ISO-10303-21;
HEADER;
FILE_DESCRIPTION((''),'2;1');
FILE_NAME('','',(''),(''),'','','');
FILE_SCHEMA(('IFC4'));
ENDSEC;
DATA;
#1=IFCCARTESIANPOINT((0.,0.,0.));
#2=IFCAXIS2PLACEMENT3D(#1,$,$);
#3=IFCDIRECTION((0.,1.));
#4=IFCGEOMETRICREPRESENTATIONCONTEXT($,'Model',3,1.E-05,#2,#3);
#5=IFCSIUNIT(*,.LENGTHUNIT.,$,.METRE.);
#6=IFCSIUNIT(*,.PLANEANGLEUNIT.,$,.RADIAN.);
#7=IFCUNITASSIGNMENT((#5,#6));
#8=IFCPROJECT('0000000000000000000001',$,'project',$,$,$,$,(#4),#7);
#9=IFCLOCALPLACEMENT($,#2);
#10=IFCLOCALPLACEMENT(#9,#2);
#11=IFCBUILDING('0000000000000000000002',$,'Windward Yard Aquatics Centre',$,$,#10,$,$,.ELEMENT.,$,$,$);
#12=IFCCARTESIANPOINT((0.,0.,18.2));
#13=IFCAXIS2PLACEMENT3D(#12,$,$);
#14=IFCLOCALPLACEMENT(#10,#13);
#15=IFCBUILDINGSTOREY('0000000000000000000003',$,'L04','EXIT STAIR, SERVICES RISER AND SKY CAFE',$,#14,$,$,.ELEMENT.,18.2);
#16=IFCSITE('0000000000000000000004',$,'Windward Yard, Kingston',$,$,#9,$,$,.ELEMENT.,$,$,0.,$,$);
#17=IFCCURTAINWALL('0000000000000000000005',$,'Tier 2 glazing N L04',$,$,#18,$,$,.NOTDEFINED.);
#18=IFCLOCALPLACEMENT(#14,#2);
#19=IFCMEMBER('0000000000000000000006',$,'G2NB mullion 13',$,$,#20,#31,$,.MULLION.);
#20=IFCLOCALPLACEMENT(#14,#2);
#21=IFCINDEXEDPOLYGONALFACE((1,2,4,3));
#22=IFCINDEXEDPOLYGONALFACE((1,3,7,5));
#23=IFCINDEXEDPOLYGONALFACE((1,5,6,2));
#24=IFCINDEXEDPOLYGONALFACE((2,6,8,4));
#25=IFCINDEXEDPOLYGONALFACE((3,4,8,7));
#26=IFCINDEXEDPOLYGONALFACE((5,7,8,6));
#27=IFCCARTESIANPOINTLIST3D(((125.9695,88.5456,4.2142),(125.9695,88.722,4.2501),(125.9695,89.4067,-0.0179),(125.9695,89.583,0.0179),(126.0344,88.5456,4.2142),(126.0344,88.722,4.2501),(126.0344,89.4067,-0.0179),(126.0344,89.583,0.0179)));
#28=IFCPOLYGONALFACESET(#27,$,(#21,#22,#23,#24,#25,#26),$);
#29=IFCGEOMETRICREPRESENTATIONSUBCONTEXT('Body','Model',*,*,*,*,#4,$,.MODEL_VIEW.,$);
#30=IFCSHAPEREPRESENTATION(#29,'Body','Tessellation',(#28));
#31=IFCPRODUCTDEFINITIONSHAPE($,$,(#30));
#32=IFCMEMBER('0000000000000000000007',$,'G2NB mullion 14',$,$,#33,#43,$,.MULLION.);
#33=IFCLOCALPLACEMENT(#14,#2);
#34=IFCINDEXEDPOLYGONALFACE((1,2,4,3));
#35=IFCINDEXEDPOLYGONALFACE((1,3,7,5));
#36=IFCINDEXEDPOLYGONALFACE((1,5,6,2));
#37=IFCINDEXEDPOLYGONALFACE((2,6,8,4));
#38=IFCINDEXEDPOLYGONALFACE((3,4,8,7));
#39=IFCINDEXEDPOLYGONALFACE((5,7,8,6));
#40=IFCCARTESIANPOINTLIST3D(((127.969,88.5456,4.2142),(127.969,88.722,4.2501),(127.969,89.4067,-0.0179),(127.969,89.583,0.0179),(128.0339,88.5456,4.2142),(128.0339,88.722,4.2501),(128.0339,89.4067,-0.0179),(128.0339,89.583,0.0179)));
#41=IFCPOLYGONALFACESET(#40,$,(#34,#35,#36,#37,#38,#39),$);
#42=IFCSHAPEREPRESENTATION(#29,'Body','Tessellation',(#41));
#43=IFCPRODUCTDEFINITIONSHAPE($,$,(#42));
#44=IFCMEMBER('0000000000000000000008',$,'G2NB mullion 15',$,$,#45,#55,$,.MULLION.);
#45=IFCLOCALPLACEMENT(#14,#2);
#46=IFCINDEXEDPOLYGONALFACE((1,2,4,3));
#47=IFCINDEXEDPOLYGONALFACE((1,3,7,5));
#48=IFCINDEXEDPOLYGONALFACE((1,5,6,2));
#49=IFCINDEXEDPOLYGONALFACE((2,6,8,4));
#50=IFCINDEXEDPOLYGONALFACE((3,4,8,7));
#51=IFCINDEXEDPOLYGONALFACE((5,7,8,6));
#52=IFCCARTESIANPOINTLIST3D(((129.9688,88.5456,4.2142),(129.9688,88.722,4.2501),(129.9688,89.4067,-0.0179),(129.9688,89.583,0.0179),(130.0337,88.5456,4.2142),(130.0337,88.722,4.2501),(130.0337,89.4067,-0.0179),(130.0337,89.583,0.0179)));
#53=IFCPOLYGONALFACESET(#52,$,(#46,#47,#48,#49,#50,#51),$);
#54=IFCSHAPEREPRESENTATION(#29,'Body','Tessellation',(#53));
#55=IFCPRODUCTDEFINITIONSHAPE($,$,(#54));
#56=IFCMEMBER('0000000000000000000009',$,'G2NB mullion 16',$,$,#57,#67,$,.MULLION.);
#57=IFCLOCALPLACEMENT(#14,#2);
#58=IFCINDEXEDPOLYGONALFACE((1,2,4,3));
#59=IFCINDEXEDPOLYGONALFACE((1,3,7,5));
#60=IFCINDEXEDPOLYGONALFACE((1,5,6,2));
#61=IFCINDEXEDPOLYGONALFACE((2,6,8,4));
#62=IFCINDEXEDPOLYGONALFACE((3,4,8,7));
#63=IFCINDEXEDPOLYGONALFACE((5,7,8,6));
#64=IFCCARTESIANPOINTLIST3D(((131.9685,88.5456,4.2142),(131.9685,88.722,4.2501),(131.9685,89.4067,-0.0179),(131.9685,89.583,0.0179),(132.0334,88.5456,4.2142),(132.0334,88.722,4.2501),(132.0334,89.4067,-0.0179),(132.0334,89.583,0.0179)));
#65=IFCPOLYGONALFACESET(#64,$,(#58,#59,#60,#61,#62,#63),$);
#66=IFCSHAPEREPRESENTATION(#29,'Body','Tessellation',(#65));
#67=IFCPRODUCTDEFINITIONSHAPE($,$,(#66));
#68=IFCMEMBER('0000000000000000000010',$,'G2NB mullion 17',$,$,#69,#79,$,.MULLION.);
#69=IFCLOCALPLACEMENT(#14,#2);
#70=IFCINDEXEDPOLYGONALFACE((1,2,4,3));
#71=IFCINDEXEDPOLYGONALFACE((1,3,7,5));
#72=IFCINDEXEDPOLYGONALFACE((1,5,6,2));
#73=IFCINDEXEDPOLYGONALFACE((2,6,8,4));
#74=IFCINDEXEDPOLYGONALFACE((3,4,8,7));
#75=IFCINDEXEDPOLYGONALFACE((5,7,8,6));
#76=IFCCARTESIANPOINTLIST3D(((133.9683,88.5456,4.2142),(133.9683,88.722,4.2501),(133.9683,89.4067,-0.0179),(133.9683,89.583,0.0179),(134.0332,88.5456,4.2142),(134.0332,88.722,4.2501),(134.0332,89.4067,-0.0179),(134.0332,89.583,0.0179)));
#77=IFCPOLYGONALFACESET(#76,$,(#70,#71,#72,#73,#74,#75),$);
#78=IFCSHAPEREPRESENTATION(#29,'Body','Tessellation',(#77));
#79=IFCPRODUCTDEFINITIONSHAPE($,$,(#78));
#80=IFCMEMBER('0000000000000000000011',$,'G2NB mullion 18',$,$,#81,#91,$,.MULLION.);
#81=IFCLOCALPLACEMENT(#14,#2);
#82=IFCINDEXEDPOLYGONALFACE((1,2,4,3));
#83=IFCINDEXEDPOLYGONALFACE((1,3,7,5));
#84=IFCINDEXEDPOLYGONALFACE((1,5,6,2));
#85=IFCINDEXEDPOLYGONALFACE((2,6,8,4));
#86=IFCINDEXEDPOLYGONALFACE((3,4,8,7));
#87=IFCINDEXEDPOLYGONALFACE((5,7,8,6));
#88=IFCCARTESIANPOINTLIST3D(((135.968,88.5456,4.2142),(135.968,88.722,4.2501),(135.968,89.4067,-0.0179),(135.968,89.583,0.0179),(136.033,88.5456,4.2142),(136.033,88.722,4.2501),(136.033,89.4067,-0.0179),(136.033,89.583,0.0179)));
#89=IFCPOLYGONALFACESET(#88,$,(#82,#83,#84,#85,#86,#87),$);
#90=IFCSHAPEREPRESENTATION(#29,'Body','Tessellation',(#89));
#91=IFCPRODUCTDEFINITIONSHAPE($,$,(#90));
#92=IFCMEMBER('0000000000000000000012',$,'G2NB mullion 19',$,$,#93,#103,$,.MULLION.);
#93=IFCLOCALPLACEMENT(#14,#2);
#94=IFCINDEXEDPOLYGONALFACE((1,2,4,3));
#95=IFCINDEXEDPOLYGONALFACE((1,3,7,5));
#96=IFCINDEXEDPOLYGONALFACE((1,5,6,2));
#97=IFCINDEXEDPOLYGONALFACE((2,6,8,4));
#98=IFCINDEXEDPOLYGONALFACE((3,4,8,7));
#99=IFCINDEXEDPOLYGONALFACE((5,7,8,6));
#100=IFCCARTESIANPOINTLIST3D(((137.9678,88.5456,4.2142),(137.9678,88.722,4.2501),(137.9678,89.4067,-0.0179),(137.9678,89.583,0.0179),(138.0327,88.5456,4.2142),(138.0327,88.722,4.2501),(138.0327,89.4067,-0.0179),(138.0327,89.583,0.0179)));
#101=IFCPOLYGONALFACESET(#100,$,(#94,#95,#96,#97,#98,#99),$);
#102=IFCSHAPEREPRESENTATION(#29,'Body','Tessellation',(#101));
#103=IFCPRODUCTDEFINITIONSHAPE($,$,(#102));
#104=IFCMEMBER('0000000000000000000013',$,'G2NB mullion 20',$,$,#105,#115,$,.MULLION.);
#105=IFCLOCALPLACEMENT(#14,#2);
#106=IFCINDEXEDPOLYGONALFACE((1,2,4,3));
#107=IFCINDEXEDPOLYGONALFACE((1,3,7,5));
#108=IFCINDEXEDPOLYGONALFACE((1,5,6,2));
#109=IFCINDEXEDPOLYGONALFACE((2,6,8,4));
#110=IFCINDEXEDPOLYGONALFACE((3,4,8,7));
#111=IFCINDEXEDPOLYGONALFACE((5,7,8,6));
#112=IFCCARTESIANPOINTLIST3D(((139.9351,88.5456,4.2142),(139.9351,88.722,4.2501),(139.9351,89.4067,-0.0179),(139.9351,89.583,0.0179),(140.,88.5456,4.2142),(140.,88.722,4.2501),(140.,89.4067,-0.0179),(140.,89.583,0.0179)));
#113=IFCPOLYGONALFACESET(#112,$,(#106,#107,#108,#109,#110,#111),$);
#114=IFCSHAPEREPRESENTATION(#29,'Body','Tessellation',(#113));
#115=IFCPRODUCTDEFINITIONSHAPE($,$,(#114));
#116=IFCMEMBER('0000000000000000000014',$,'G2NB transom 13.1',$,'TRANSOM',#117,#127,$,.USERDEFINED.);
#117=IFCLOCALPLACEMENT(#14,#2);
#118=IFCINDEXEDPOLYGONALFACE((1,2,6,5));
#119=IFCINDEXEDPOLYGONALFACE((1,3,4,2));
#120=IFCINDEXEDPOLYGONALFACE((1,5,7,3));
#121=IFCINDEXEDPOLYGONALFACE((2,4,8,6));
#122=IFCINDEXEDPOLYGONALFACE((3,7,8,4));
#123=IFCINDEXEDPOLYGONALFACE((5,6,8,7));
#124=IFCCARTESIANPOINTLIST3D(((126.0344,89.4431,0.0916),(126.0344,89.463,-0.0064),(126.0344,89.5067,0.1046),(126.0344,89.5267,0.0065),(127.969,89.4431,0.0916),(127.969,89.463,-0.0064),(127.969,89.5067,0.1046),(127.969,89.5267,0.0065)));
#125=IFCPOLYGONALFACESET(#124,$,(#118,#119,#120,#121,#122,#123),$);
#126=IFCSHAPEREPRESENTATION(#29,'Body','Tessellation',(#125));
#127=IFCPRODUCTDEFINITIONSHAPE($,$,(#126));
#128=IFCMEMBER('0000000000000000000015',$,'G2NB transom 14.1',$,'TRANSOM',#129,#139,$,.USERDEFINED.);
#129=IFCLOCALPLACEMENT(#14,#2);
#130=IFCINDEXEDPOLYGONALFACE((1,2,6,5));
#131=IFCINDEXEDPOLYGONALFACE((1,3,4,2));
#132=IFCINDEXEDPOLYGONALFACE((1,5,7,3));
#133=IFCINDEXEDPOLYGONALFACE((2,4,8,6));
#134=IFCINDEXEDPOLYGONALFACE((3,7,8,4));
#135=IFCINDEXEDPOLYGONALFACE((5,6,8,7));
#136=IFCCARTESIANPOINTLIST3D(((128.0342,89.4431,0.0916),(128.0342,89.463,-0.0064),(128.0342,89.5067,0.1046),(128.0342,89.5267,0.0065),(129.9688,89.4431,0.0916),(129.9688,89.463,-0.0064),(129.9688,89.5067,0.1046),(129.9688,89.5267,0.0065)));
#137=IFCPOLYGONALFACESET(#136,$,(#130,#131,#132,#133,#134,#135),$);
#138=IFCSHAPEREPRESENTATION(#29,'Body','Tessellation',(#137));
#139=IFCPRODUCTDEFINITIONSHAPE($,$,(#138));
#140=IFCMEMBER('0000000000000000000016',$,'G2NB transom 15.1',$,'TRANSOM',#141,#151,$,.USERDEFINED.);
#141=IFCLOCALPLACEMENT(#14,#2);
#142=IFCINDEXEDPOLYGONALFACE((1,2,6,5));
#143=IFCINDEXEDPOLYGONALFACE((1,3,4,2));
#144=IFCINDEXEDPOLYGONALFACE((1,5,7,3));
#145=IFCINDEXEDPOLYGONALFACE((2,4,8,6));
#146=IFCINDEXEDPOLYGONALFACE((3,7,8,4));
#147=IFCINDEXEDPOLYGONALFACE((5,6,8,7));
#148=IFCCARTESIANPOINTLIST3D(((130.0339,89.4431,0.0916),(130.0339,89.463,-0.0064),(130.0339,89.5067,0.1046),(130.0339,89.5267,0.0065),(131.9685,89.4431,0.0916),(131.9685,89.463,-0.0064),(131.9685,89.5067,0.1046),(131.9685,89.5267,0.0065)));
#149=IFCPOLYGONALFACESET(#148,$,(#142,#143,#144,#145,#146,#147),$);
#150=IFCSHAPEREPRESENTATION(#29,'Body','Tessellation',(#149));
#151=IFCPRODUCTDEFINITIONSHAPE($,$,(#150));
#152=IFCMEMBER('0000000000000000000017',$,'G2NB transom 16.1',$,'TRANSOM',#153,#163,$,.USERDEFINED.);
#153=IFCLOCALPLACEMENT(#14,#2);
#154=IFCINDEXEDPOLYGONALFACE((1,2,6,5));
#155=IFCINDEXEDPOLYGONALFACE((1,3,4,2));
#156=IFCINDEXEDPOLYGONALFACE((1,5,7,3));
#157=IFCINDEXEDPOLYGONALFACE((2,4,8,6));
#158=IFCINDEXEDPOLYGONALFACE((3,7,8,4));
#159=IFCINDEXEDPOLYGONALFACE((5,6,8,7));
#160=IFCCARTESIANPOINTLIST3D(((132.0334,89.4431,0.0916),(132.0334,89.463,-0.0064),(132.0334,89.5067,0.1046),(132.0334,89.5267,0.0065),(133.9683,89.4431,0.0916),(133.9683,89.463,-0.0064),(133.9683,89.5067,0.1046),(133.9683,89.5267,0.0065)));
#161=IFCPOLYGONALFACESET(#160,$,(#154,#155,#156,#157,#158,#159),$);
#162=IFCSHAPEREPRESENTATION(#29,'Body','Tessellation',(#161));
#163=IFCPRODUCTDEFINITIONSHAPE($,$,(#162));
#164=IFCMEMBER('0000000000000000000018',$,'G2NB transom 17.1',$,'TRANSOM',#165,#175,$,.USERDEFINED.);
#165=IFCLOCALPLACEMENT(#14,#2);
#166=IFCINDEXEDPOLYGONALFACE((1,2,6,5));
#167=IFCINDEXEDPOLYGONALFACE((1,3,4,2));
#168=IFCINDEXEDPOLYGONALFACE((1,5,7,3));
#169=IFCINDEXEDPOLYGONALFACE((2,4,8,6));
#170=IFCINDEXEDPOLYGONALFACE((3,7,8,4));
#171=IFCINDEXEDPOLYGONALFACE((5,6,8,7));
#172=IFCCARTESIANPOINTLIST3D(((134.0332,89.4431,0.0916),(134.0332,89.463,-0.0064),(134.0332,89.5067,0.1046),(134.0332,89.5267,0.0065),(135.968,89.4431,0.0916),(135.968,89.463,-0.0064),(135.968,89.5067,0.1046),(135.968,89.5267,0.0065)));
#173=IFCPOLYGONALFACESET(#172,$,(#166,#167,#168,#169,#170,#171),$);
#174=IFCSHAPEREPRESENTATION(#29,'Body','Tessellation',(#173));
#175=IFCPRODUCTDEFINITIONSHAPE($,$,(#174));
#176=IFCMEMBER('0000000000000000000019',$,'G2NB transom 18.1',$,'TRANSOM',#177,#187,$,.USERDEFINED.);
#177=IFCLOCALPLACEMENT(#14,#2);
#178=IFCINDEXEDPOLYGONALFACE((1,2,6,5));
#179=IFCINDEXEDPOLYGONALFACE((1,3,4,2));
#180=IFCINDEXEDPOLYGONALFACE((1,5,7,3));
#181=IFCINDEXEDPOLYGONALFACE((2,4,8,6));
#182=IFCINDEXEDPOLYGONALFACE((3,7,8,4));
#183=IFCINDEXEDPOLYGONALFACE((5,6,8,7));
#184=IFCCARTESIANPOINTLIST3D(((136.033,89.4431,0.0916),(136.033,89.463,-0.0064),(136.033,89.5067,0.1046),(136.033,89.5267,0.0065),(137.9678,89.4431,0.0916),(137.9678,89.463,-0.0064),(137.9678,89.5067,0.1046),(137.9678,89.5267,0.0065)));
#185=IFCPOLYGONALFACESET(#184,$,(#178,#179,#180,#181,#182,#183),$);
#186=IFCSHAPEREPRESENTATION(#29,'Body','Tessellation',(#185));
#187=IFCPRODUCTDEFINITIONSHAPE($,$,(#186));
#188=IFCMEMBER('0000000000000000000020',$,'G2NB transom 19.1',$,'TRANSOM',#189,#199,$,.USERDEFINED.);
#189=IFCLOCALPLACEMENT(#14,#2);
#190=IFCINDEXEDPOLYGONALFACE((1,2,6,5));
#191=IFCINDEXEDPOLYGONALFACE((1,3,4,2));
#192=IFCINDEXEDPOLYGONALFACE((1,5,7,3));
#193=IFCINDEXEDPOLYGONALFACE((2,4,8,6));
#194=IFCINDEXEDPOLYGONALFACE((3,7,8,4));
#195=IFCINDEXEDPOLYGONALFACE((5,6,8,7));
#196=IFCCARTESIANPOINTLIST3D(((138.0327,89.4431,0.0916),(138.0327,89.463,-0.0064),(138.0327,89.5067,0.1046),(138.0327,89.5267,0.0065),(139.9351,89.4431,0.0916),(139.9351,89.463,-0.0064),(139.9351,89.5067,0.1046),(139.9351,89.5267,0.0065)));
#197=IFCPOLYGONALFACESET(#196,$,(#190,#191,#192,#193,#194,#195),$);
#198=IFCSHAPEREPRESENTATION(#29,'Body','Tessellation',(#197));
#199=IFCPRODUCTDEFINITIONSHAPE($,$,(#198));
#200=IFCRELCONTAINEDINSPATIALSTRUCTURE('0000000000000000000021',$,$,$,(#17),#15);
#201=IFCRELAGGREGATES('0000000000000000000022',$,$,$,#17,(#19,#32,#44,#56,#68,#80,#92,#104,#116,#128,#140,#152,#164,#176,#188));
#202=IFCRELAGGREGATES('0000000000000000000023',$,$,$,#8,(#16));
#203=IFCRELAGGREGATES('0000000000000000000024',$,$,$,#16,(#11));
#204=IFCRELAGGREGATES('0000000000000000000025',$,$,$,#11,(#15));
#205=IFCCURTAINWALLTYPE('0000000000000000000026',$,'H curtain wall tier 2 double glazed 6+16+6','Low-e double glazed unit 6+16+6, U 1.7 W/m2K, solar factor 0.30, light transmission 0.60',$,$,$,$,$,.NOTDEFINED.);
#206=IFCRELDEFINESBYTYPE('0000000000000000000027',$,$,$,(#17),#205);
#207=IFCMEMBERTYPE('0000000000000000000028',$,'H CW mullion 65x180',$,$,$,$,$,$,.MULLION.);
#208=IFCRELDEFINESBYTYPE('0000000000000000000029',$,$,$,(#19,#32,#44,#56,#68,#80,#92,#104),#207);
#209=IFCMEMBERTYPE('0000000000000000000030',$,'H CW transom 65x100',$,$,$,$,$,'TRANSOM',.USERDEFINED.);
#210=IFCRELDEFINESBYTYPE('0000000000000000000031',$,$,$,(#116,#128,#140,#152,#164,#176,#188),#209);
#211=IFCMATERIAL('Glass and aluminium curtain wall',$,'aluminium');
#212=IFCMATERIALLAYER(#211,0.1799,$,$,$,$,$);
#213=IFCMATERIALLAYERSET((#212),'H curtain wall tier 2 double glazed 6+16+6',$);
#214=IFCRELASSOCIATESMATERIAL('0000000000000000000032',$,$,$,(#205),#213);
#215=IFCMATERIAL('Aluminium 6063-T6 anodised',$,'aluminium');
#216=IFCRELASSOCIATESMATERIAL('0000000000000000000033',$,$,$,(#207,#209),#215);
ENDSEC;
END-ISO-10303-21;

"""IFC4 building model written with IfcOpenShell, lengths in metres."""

from ifc_helpers import new_model, si_unit, direction, frame, origin, origin_2d, place, context, subcontext, project, spatial, rectangle, extrude, material, layer, layer_set, material_profile, profile_set, type_object, element, aggregate, save


model = new_model("IFC4")

# Units and contexts
model_context = context("Model", 3, precision=1e-05, world=origin(), true_north=direction((0.0, 1.0)))
body_context = subcontext(model_context, "Body", "Model", "MODEL_VIEW")
ifc_project = project(units=[si_unit("LENGTHUNIT", "METRE"), si_unit("PLANEANGLEUNIT", "RADIAN")], contexts=[model_context])

# Site, building, storey
site_placement = place(None, origin())
site = spatial("IfcSite", under=ifc_project, at=site_placement, Name="Windward Yard, Kingston", CompositionType="ELEMENT", RefElevation=0.0)
building_placement = place(site_placement, origin())
building = spatial("IfcBuilding", under=site, at=building_placement, Name="Windward Yard Aquatics Centre", CompositionType="ELEMENT")
storey_placement = place(building_placement, frame((0.0, 0.0, 18.2)))
storey = spatial("IfcBuildingStorey", under=building, at=storey_placement, Name="L04", Description="EXIT STAIR, SERVICES RISER AND SKY CAFE", CompositionType="ELEMENT", Elevation=18.2)

# Curtain wall, members
ifc_material_1 = material(Name="Glass and aluminium curtain wall", Category="aluminium")
ifc_layer_1 = layer(ifc_material_1, 0.1799)
ifc_layer_set_1 = layer_set([ifc_layer_1], Name="H curtain wall tier 2 double glazed 6+16+6")
curtain_wall_type_1 = type_object("IfcCurtainWallType", Name="H curtain wall tier 2 double glazed 6+16+6", Description="Low-e double glazed unit 6+16+6, U 1.7 W/m2K, solar factor 0.30, light transmission 0.60", PredefinedType="NOTDEFINED", material=ifc_layer_set_1)
curtain_wall_1_placement = place(storey_placement, origin())
curtain_wall_1 = element("IfcCurtainWall", 1, at=curtain_wall_1_placement, inside=storey, type_object=curtain_wall_type_1, Name="Tier 2 glazing N L04", PredefinedType="NOTDEFINED")
ifc_material_2 = material(Name="Aluminium 6063-T6 anodised", Category="aluminium")
ifc_material_profile_1 = material_profile(ifc_material_2, rectangle(XDim=0.0649, YDim=0.1799, at=origin_2d()), Name="H CW mullion 65x180")
ifc_profile_set_1 = profile_set([ifc_material_profile_1], Name="Aluminium 6063-T6 anodised")
member_type_1 = type_object("IfcMemberType", Name="H CW mullion 65x180", PredefinedType="MULLION", material=ifc_profile_set_1)
member_1_placement = place(storey_placement, frame((126.002, 89.4949, 0.0), z_axis=(0.0, -0.199376, 0.979923), x_axis=(1.0, 0.0, 0.0)))
member_1 = element("IfcMember", 2, at=member_1_placement, type_object=member_type_1, Name="G2NB mullion 13", PredefinedType="MULLION", context=body_context, shape_type="SweptSolid", body=[
    extrude(rectangle(XDim=0.0649, YDim=0.1799, at=origin_2d()), origin(), (0.0, 0.0, 1.0), 4.3188),
])
member_2_placement = place(storey_placement, frame((128.0015, 89.4949, 0.0), z_axis=(0.0, -0.199376, 0.979923), x_axis=(1.0, 0.0, 0.0)))
member_2 = element("IfcMember", 3, at=member_2_placement, type_object=member_type_1, Name="G2NB mullion 14", PredefinedType="MULLION", context=body_context, shape_type="SweptSolid", body=[
    extrude(rectangle(XDim=0.0649, YDim=0.1799, at=origin_2d()), origin(), (0.0, 0.0, 1.0), 4.3188),
])
member_3_placement = place(storey_placement, frame((130.0012, 89.4949, 0.0), z_axis=(0.0, -0.199376, 0.979923), x_axis=(1.0, 0.0, 0.0)))
member_3 = element("IfcMember", 4, at=member_3_placement, type_object=member_type_1, Name="G2NB mullion 15", PredefinedType="MULLION", context=body_context, shape_type="SweptSolid", body=[
    extrude(rectangle(XDim=0.0649, YDim=0.1799, at=origin_2d()), origin(), (0.0, 0.0, 1.0), 4.3188),
])
member_4_placement = place(storey_placement, frame((132.001, 89.4949, 0.0), z_axis=(0.0, -0.199376, 0.979923), x_axis=(1.0, 0.0, 0.0)))
member_4 = element("IfcMember", 5, at=member_4_placement, type_object=member_type_1, Name="G2NB mullion 16", PredefinedType="MULLION", context=body_context, shape_type="SweptSolid", body=[
    extrude(rectangle(XDim=0.0649, YDim=0.1799, at=origin_2d()), origin(), (0.0, 0.0, 1.0), 4.3188),
])
member_5_placement = place(storey_placement, frame((134.0007, 89.4949, 0.0), z_axis=(0.0, -0.199376, 0.979923), x_axis=(1.0, 0.0, 0.0)))
member_5 = element("IfcMember", 6, at=member_5_placement, type_object=member_type_1, Name="G2NB mullion 17", PredefinedType="MULLION", context=body_context, shape_type="SweptSolid", body=[
    extrude(rectangle(XDim=0.0649, YDim=0.1799, at=origin_2d()), origin(), (0.0, 0.0, 1.0), 4.3188),
])
member_6_placement = place(storey_placement, frame((136.0005, 89.4949, 0.0), z_axis=(0.0, -0.199376, 0.979923), x_axis=(1.0, 0.0, 0.0)))
member_6 = element("IfcMember", 7, at=member_6_placement, type_object=member_type_1, Name="G2NB mullion 18", PredefinedType="MULLION", context=body_context, shape_type="SweptSolid", body=[
    extrude(rectangle(XDim=0.0649, YDim=0.1799, at=origin_2d()), origin(), (0.0, 0.0, 1.0), 4.3188),
])
member_7_placement = place(storey_placement, frame((138.0002, 89.4949, 0.0), z_axis=(0.0, -0.199376, 0.979923), x_axis=(1.0, 0.0, 0.0)))
member_7 = element("IfcMember", 8, at=member_7_placement, type_object=member_type_1, Name="G2NB mullion 19", PredefinedType="MULLION", context=body_context, shape_type="SweptSolid", body=[
    extrude(rectangle(XDim=0.0649, YDim=0.1799, at=origin_2d()), origin(), (0.0, 0.0, 1.0), 4.3188),
])
member_8_placement = place(storey_placement, frame((139.9675, 89.4949, 0.0), z_axis=(0.0, -0.199376, 0.979923), x_axis=(1.0, 0.0, 0.0)))
member_8 = element("IfcMember", 9, at=member_8_placement, type_object=member_type_1, Name="G2NB mullion 20", PredefinedType="MULLION", context=body_context, shape_type="SweptSolid", body=[
    extrude(rectangle(XDim=0.0649, YDim=0.1799, at=origin_2d()), origin(), (0.0, 0.0, 1.0), 4.3188),
])
ifc_material_profile_2 = material_profile(ifc_material_2, rectangle(XDim=0.0649, YDim=0.1001, at=origin_2d()), Name="H CW transom 65x100")
ifc_profile_set_2 = profile_set([ifc_material_profile_2], Name="Aluminium 6063-T6 anodised")
member_type_2 = type_object("IfcMemberType", Name="H CW transom 65x100", ElementType="TRANSOM", PredefinedType="USERDEFINED", material=ifc_profile_set_2)
member_9_placement = place(storey_placement, frame((126.0344, 89.4849, 0.0491), z_axis=(1.0, 0.0, 0.0), x_axis=(0.0, 0.979925, 0.199368)))
member_9 = element("IfcMember", 10, at=member_9_placement, type_object=member_type_2, Name="G2NB transom 13.1", ObjectType="TRANSOM", PredefinedType="USERDEFINED", context=body_context, shape_type="SweptSolid", body=[
    extrude(rectangle(XDim=0.0649, YDim=0.1001, at=origin_2d()), origin(), (0.0, 0.0, 1.0), 1.9346),
])
member_10_placement = place(storey_placement, frame((128.0342, 89.4849, 0.0491), z_axis=(1.0, 0.0, 0.0), x_axis=(0.0, 0.979925, 0.199368)))
member_10 = element("IfcMember", 11, at=member_10_placement, type_object=member_type_2, Name="G2NB transom 14.1", ObjectType="TRANSOM", PredefinedType="USERDEFINED", context=body_context, shape_type="SweptSolid", body=[
    extrude(rectangle(XDim=0.0649, YDim=0.1001, at=origin_2d()), origin(), (0.0, 0.0, 1.0), 1.9346),
])
member_11_placement = place(storey_placement, frame((130.0339, 89.4849, 0.0491), z_axis=(1.0, 0.0, 0.0), x_axis=(0.0, 0.979925, 0.199368)))
member_11 = element("IfcMember", 12, at=member_11_placement, type_object=member_type_2, Name="G2NB transom 15.1", ObjectType="TRANSOM", PredefinedType="USERDEFINED", context=body_context, shape_type="SweptSolid", body=[
    extrude(rectangle(XDim=0.0649, YDim=0.1001, at=origin_2d()), origin(), (0.0, 0.0, 1.0), 1.9346),
])
member_12_placement = place(storey_placement, frame((132.0334, 89.4849, 0.0491), z_axis=(1.0, 0.0, 0.0), x_axis=(0.0, 0.979925, 0.199368)))
member_12 = element("IfcMember", 13, at=member_12_placement, type_object=member_type_2, Name="G2NB transom 16.1", ObjectType="TRANSOM", PredefinedType="USERDEFINED", context=body_context, shape_type="SweptSolid", body=[
    extrude(rectangle(XDim=0.0649, YDim=0.1001, at=origin_2d()), origin(), (0.0, 0.0, 1.0), 1.9348),
])
member_13_placement = place(storey_placement, frame((134.0332, 89.4849, 0.0491), z_axis=(1.0, 0.0, 0.0), x_axis=(0.0, 0.979925, 0.199368)))
member_13 = element("IfcMember", 14, at=member_13_placement, type_object=member_type_2, Name="G2NB transom 17.1", ObjectType="TRANSOM", PredefinedType="USERDEFINED", context=body_context, shape_type="SweptSolid", body=[
    extrude(rectangle(XDim=0.0649, YDim=0.1001, at=origin_2d()), origin(), (0.0, 0.0, 1.0), 1.9348),
])
member_14_placement = place(storey_placement, frame((136.033, 89.4849, 0.0491), z_axis=(1.0, 0.0, 0.0), x_axis=(0.0, 0.979925, 0.199368)))
member_14 = element("IfcMember", 15, at=member_14_placement, type_object=member_type_2, Name="G2NB transom 18.1", ObjectType="TRANSOM", PredefinedType="USERDEFINED", context=body_context, shape_type="SweptSolid", body=[
    extrude(rectangle(XDim=0.0649, YDim=0.1001, at=origin_2d()), origin(), (0.0, 0.0, 1.0), 1.9348),
])
member_15_placement = place(storey_placement, frame((138.0327, 89.4849, 0.0491), z_axis=(1.0, 0.0, 0.0), x_axis=(0.0, 0.979925, 0.199368)))
member_15 = element("IfcMember", 16, at=member_15_placement, type_object=member_type_2, Name="G2NB transom 19.1", ObjectType="TRANSOM", PredefinedType="USERDEFINED", context=body_context, shape_type="SweptSolid", body=[
    extrude(rectangle(XDim=0.0649, YDim=0.1001, at=origin_2d()), origin(), (0.0, 0.0, 1.0), 1.9023),
])
aggregate(curtain_wall_1, [member_1, member_2, member_3, member_4, member_5, member_6, member_7, member_8, member_9, member_10, member_11, member_12, member_13, member_14, member_15])

save(model, "model.ifc")
